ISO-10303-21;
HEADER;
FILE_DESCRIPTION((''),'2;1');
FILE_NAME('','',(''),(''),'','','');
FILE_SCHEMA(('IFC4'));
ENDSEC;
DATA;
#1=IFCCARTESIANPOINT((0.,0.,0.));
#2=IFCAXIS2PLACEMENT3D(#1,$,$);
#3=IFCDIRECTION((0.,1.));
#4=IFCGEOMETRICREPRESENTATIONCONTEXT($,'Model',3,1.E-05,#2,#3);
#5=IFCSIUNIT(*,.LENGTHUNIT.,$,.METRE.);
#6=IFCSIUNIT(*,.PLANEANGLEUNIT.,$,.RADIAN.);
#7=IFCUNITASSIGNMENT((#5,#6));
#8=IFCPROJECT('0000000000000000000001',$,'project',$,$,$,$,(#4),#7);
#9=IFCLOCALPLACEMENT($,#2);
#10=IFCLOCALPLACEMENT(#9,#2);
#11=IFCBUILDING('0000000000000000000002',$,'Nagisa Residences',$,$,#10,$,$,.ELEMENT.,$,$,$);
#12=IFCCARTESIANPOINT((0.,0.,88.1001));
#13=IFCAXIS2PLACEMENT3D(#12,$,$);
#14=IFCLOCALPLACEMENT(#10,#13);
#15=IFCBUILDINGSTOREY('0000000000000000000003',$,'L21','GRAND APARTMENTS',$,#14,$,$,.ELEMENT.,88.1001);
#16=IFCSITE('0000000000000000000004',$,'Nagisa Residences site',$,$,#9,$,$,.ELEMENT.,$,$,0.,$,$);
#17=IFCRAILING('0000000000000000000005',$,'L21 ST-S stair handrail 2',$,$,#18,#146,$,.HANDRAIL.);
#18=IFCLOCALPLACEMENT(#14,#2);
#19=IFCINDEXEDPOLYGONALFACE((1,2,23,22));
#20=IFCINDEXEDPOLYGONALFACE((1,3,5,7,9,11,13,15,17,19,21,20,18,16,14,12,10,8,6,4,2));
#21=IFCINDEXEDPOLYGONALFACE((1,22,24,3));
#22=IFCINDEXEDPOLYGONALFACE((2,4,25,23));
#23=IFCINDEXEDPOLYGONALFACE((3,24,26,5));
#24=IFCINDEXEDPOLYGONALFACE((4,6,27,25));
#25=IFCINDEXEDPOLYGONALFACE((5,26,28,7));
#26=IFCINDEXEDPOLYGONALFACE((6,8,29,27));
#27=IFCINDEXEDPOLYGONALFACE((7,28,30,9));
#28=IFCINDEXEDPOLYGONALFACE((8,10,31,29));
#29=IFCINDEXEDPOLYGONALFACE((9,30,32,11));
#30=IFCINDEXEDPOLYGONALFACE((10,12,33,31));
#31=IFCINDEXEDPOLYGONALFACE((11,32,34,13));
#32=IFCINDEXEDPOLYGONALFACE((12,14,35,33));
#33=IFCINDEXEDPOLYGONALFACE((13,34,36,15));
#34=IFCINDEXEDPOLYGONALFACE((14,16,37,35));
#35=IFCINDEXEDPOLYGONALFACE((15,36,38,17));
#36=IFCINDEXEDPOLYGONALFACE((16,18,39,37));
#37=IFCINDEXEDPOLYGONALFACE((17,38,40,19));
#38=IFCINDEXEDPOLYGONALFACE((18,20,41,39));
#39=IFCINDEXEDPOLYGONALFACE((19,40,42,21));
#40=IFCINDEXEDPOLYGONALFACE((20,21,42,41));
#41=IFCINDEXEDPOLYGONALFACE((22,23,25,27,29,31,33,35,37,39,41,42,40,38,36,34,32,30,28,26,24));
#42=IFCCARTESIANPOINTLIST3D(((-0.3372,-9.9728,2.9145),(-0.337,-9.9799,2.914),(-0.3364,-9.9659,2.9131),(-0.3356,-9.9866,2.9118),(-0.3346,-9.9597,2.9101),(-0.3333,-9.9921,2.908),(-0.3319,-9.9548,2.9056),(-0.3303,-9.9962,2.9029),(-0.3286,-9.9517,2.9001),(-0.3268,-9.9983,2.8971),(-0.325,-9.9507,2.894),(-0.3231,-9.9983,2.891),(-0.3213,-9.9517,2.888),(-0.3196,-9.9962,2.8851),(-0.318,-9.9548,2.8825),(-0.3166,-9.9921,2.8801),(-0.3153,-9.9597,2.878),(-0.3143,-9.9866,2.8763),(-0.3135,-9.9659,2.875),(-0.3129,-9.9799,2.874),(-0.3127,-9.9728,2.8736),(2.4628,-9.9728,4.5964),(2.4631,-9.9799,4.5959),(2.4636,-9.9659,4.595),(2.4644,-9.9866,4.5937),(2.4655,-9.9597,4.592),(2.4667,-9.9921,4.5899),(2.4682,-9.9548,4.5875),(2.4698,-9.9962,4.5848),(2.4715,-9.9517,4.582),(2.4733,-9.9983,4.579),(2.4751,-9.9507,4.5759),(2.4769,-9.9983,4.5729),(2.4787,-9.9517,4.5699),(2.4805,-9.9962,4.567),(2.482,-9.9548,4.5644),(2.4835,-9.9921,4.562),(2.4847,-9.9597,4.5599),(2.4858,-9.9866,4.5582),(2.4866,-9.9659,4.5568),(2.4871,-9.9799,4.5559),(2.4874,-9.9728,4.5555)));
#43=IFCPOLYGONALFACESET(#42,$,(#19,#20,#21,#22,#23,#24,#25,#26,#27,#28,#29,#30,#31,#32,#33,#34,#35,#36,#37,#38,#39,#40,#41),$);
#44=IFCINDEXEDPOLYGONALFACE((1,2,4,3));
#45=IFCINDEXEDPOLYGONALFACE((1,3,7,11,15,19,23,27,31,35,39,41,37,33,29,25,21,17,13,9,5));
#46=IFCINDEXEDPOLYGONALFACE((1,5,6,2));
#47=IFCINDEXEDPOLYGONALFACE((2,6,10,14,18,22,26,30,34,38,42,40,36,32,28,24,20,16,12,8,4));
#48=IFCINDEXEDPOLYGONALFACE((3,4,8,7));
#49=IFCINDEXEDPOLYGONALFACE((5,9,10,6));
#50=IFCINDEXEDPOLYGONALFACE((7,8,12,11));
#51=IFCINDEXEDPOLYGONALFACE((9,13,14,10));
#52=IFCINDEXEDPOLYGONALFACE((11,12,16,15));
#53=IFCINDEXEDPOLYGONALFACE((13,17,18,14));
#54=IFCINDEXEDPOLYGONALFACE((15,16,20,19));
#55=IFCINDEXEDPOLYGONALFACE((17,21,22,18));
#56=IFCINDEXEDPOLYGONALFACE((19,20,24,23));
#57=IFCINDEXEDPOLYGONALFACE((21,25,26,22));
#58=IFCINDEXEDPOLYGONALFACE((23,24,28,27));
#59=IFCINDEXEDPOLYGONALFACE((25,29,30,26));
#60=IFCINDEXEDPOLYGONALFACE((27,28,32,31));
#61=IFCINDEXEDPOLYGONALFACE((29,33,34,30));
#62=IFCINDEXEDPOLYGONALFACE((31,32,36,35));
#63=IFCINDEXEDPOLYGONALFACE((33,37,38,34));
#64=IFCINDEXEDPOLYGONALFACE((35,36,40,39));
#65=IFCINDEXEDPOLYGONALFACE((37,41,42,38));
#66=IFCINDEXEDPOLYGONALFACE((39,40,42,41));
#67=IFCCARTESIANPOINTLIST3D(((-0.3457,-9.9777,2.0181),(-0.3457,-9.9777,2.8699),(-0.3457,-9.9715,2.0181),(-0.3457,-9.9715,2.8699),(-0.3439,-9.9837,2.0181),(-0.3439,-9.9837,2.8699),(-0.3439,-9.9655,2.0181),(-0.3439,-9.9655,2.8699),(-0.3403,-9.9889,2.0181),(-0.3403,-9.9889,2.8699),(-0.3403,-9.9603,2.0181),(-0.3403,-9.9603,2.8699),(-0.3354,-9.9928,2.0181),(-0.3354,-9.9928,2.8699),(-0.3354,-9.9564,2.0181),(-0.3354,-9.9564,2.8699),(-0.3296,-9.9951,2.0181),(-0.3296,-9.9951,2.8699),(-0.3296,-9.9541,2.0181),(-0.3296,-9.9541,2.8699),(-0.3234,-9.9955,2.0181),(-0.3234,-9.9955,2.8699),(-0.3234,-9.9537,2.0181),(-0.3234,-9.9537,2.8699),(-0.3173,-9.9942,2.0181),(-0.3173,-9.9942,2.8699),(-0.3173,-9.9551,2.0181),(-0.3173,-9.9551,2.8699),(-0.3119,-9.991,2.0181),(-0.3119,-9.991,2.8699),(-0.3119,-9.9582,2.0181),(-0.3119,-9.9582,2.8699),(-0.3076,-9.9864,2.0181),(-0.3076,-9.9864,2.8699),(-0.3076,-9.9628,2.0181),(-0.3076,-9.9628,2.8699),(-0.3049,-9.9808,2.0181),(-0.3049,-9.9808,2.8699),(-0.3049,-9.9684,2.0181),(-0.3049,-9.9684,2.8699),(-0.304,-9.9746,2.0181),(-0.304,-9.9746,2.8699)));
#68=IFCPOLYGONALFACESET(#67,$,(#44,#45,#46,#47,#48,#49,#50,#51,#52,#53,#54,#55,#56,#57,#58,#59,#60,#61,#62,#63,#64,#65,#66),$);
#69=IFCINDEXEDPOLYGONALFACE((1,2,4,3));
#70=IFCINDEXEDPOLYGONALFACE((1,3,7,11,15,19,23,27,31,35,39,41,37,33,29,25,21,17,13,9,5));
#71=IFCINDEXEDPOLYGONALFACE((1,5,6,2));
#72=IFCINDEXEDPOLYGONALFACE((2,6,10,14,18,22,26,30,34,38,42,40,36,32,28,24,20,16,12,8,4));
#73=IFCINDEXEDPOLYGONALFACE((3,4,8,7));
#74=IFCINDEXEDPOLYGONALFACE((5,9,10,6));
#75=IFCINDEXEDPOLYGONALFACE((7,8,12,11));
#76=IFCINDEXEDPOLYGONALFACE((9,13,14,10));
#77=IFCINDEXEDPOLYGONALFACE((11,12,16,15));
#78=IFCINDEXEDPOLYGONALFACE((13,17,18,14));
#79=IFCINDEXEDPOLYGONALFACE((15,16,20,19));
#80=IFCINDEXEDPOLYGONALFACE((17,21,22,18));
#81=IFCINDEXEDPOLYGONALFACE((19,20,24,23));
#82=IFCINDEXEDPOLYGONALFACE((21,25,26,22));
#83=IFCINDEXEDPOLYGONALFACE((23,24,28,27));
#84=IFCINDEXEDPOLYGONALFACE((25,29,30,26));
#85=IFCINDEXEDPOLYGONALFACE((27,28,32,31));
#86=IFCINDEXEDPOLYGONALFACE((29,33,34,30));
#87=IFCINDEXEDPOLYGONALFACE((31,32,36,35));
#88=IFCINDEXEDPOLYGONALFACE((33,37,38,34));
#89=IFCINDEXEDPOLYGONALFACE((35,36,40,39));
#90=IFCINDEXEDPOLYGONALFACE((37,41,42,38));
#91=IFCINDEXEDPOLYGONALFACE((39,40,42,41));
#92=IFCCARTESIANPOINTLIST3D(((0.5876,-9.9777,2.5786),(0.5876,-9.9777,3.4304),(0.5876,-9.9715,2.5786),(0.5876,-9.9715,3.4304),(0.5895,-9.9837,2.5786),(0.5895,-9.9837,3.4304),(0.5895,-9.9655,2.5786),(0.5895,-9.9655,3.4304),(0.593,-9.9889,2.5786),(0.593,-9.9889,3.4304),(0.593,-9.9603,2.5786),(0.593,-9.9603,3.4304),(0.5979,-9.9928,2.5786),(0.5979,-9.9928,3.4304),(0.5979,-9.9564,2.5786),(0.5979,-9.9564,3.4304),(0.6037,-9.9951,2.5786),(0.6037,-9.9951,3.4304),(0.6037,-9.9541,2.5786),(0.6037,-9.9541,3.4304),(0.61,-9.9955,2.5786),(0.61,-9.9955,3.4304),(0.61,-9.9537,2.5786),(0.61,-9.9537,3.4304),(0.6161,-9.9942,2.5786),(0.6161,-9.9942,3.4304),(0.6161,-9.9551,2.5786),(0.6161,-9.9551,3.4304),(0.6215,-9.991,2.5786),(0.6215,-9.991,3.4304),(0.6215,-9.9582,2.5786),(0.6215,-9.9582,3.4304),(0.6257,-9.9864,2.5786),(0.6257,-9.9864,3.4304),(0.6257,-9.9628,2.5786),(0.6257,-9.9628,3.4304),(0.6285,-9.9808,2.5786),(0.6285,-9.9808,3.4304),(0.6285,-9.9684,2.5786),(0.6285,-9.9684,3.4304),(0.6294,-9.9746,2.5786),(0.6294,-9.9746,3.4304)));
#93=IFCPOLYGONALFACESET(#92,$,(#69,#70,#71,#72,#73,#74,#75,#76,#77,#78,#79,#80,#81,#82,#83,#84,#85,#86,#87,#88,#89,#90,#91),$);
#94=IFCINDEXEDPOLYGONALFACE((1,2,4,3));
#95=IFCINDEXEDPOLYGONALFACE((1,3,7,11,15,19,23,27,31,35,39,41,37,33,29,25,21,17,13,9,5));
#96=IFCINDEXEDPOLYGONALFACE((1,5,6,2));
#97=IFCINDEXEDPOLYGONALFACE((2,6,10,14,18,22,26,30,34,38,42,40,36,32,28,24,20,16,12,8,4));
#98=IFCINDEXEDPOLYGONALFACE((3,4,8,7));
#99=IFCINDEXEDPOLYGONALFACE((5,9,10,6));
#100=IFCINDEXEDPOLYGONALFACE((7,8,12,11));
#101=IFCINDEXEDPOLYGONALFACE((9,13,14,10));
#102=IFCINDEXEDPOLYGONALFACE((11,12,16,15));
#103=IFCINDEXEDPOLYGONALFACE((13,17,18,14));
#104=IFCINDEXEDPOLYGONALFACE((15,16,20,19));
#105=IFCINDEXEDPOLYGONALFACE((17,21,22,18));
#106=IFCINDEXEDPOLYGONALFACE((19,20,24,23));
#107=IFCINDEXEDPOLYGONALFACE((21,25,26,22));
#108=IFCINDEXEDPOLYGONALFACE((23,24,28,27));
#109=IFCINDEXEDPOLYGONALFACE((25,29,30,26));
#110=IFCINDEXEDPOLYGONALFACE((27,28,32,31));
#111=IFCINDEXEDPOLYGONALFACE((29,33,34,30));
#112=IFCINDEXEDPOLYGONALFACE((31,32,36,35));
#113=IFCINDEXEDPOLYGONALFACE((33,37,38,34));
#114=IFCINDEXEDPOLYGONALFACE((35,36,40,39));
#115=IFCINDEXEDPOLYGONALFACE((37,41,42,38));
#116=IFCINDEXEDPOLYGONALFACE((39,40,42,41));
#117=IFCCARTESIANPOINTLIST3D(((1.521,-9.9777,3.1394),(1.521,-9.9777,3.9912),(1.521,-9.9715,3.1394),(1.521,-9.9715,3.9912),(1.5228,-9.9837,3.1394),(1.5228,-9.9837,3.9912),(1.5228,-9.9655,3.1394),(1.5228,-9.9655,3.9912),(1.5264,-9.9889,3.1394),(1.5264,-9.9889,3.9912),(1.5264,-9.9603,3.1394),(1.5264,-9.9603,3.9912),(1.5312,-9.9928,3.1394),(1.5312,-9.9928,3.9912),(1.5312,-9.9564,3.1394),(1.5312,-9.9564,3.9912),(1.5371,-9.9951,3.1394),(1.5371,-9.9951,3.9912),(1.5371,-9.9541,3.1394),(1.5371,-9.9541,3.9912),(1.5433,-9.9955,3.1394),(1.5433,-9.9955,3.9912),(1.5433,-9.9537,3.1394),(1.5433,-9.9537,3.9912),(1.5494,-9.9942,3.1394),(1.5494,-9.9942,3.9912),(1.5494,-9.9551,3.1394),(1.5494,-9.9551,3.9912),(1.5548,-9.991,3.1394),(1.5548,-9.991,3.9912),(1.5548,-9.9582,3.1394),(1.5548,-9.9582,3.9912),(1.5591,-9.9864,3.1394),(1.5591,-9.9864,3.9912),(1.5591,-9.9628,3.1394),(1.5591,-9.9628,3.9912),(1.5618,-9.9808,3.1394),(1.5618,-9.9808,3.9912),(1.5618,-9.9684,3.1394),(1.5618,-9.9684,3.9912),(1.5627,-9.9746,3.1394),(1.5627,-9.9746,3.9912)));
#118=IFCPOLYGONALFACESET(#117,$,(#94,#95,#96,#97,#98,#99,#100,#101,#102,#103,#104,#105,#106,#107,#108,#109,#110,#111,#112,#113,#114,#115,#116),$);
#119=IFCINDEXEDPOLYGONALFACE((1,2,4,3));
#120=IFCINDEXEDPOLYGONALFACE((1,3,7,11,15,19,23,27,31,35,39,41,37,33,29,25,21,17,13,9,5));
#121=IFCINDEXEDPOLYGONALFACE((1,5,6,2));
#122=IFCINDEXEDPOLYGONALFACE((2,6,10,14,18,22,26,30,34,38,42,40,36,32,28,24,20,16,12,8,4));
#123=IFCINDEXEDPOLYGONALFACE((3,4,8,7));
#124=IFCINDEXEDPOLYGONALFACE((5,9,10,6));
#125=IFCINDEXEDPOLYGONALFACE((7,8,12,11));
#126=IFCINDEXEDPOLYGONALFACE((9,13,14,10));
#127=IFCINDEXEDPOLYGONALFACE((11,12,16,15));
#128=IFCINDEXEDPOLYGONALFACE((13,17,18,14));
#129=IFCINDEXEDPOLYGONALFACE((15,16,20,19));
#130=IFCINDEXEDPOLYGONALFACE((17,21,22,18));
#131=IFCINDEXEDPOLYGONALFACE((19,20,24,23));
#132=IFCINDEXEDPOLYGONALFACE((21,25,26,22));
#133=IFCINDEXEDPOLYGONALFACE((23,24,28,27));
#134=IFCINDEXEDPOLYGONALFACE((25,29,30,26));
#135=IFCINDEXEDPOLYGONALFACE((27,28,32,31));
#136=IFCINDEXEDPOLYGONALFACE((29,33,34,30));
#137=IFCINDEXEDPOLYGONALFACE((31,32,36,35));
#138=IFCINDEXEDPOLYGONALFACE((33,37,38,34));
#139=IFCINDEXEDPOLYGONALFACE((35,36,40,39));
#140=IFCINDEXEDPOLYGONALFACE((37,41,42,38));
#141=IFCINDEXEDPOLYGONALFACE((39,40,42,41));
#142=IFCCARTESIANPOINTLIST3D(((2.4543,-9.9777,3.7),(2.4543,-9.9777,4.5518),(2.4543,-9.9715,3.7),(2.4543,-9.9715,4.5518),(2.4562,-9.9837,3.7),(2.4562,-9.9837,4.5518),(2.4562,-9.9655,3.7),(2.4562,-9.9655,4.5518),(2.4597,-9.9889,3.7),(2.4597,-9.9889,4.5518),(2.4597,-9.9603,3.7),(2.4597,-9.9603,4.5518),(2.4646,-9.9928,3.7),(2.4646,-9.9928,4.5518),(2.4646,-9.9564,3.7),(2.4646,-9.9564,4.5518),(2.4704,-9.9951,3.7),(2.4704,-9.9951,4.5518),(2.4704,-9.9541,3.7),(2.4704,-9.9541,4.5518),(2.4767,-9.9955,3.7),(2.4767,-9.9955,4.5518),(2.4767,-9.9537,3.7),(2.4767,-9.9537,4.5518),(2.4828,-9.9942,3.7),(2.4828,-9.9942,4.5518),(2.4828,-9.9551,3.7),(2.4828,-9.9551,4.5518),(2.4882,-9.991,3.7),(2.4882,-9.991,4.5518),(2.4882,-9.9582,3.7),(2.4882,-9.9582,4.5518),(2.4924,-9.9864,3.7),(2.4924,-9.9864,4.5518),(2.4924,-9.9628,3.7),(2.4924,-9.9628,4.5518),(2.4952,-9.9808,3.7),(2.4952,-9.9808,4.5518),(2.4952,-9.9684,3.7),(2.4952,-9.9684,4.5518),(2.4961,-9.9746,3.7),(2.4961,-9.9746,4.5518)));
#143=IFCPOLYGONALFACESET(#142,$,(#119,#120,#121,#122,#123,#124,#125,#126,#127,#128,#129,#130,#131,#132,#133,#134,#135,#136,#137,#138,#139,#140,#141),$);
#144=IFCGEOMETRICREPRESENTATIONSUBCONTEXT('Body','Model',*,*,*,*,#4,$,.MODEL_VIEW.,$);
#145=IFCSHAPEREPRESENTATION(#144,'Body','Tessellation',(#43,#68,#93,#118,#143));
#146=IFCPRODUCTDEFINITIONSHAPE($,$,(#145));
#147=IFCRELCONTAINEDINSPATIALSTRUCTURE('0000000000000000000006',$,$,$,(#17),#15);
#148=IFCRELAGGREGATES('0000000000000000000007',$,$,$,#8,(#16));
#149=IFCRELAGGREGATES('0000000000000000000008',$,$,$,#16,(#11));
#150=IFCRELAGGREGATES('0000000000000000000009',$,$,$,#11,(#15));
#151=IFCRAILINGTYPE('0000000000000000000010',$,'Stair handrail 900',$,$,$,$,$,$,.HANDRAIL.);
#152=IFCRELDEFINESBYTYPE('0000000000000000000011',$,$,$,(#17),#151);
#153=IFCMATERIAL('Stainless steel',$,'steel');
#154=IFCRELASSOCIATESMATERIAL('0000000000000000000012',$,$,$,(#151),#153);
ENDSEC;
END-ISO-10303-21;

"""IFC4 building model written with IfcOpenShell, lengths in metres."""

from ifc_helpers import new_model, si_unit, direction, frame, origin, origin_2d, place, context, subcontext, project, spatial, circle, extrude, material, type_object, element, save


model = new_model("IFC4")

# Units and contexts
model_context = context("Model", 3, precision=1e-05, world=origin(), true_north=direction((0.0, 1.0)))
body_context = subcontext(model_context, "Body", "Model", "MODEL_VIEW")
ifc_project = project(units=[si_unit("LENGTHUNIT", "METRE"), si_unit("PLANEANGLEUNIT", "RADIAN")], contexts=[model_context])

# Site, building, storey
site_placement = place(None, origin())
site = spatial("IfcSite", under=ifc_project, at=site_placement, Name="Nagisa Residences site", CompositionType="ELEMENT", RefElevation=0.0)
building_placement = place(site_placement, origin())
building = spatial("IfcBuilding", under=site, at=building_placement, Name="Nagisa Residences", CompositionType="ELEMENT")
storey_placement = place(building_placement, frame((0.0, 0.0, 88.1001)))
storey = spatial("IfcBuildingStorey", under=building, at=storey_placement, Name="L21", Description="GRAND APARTMENTS", CompositionType="ELEMENT", Elevation=88.1001)

# Railing
ifc_material_1 = material(Name="Stainless steel", Category="steel")
railing_type = type_object("IfcRailingType", Name="Stair handrail 900", PredefinedType="HANDRAIL", material=ifc_material_1)
railing_placement = place(storey_placement, frame((-0.325, -9.9746, 2.0181)))
element("IfcRailing", 1, at=railing_placement, inside=storey, type_object=railing_type, Name="L21 ST-S stair handrail 2", PredefinedType="HANDRAIL", context=body_context, shape_type="SweptSolid", body=[
    extrude(circle(Radius=0.0239, at=origin_2d()), frame((0.0, 0.0, 0.876), z_axis=(0.857242, 0.0, 0.514913), x_axis=(0.0, 1.0, 0.0)), (0.0, 0.0, 1.0), 3.2664),
    extrude(circle(Radius=0.021, at=origin_2d()), origin(), (0.0, 0.0, 1.0), 0.8518),
    extrude(circle(Radius=0.021, at=origin_2d()), frame((0.9333, 0.0, 0.5605)), (0.0, 0.0, 1.0), 0.8518),
    extrude(circle(Radius=0.021, at=origin_2d()), frame((1.8667, 0.0, 1.1213)), (0.0, 0.0, 1.0), 0.8518),
    extrude(circle(Radius=0.021, at=origin_2d()), frame((2.8, 0.0, 1.6819)), (0.0, 0.0, 1.0), 0.8518),
])

save(model, "model.ifc")
